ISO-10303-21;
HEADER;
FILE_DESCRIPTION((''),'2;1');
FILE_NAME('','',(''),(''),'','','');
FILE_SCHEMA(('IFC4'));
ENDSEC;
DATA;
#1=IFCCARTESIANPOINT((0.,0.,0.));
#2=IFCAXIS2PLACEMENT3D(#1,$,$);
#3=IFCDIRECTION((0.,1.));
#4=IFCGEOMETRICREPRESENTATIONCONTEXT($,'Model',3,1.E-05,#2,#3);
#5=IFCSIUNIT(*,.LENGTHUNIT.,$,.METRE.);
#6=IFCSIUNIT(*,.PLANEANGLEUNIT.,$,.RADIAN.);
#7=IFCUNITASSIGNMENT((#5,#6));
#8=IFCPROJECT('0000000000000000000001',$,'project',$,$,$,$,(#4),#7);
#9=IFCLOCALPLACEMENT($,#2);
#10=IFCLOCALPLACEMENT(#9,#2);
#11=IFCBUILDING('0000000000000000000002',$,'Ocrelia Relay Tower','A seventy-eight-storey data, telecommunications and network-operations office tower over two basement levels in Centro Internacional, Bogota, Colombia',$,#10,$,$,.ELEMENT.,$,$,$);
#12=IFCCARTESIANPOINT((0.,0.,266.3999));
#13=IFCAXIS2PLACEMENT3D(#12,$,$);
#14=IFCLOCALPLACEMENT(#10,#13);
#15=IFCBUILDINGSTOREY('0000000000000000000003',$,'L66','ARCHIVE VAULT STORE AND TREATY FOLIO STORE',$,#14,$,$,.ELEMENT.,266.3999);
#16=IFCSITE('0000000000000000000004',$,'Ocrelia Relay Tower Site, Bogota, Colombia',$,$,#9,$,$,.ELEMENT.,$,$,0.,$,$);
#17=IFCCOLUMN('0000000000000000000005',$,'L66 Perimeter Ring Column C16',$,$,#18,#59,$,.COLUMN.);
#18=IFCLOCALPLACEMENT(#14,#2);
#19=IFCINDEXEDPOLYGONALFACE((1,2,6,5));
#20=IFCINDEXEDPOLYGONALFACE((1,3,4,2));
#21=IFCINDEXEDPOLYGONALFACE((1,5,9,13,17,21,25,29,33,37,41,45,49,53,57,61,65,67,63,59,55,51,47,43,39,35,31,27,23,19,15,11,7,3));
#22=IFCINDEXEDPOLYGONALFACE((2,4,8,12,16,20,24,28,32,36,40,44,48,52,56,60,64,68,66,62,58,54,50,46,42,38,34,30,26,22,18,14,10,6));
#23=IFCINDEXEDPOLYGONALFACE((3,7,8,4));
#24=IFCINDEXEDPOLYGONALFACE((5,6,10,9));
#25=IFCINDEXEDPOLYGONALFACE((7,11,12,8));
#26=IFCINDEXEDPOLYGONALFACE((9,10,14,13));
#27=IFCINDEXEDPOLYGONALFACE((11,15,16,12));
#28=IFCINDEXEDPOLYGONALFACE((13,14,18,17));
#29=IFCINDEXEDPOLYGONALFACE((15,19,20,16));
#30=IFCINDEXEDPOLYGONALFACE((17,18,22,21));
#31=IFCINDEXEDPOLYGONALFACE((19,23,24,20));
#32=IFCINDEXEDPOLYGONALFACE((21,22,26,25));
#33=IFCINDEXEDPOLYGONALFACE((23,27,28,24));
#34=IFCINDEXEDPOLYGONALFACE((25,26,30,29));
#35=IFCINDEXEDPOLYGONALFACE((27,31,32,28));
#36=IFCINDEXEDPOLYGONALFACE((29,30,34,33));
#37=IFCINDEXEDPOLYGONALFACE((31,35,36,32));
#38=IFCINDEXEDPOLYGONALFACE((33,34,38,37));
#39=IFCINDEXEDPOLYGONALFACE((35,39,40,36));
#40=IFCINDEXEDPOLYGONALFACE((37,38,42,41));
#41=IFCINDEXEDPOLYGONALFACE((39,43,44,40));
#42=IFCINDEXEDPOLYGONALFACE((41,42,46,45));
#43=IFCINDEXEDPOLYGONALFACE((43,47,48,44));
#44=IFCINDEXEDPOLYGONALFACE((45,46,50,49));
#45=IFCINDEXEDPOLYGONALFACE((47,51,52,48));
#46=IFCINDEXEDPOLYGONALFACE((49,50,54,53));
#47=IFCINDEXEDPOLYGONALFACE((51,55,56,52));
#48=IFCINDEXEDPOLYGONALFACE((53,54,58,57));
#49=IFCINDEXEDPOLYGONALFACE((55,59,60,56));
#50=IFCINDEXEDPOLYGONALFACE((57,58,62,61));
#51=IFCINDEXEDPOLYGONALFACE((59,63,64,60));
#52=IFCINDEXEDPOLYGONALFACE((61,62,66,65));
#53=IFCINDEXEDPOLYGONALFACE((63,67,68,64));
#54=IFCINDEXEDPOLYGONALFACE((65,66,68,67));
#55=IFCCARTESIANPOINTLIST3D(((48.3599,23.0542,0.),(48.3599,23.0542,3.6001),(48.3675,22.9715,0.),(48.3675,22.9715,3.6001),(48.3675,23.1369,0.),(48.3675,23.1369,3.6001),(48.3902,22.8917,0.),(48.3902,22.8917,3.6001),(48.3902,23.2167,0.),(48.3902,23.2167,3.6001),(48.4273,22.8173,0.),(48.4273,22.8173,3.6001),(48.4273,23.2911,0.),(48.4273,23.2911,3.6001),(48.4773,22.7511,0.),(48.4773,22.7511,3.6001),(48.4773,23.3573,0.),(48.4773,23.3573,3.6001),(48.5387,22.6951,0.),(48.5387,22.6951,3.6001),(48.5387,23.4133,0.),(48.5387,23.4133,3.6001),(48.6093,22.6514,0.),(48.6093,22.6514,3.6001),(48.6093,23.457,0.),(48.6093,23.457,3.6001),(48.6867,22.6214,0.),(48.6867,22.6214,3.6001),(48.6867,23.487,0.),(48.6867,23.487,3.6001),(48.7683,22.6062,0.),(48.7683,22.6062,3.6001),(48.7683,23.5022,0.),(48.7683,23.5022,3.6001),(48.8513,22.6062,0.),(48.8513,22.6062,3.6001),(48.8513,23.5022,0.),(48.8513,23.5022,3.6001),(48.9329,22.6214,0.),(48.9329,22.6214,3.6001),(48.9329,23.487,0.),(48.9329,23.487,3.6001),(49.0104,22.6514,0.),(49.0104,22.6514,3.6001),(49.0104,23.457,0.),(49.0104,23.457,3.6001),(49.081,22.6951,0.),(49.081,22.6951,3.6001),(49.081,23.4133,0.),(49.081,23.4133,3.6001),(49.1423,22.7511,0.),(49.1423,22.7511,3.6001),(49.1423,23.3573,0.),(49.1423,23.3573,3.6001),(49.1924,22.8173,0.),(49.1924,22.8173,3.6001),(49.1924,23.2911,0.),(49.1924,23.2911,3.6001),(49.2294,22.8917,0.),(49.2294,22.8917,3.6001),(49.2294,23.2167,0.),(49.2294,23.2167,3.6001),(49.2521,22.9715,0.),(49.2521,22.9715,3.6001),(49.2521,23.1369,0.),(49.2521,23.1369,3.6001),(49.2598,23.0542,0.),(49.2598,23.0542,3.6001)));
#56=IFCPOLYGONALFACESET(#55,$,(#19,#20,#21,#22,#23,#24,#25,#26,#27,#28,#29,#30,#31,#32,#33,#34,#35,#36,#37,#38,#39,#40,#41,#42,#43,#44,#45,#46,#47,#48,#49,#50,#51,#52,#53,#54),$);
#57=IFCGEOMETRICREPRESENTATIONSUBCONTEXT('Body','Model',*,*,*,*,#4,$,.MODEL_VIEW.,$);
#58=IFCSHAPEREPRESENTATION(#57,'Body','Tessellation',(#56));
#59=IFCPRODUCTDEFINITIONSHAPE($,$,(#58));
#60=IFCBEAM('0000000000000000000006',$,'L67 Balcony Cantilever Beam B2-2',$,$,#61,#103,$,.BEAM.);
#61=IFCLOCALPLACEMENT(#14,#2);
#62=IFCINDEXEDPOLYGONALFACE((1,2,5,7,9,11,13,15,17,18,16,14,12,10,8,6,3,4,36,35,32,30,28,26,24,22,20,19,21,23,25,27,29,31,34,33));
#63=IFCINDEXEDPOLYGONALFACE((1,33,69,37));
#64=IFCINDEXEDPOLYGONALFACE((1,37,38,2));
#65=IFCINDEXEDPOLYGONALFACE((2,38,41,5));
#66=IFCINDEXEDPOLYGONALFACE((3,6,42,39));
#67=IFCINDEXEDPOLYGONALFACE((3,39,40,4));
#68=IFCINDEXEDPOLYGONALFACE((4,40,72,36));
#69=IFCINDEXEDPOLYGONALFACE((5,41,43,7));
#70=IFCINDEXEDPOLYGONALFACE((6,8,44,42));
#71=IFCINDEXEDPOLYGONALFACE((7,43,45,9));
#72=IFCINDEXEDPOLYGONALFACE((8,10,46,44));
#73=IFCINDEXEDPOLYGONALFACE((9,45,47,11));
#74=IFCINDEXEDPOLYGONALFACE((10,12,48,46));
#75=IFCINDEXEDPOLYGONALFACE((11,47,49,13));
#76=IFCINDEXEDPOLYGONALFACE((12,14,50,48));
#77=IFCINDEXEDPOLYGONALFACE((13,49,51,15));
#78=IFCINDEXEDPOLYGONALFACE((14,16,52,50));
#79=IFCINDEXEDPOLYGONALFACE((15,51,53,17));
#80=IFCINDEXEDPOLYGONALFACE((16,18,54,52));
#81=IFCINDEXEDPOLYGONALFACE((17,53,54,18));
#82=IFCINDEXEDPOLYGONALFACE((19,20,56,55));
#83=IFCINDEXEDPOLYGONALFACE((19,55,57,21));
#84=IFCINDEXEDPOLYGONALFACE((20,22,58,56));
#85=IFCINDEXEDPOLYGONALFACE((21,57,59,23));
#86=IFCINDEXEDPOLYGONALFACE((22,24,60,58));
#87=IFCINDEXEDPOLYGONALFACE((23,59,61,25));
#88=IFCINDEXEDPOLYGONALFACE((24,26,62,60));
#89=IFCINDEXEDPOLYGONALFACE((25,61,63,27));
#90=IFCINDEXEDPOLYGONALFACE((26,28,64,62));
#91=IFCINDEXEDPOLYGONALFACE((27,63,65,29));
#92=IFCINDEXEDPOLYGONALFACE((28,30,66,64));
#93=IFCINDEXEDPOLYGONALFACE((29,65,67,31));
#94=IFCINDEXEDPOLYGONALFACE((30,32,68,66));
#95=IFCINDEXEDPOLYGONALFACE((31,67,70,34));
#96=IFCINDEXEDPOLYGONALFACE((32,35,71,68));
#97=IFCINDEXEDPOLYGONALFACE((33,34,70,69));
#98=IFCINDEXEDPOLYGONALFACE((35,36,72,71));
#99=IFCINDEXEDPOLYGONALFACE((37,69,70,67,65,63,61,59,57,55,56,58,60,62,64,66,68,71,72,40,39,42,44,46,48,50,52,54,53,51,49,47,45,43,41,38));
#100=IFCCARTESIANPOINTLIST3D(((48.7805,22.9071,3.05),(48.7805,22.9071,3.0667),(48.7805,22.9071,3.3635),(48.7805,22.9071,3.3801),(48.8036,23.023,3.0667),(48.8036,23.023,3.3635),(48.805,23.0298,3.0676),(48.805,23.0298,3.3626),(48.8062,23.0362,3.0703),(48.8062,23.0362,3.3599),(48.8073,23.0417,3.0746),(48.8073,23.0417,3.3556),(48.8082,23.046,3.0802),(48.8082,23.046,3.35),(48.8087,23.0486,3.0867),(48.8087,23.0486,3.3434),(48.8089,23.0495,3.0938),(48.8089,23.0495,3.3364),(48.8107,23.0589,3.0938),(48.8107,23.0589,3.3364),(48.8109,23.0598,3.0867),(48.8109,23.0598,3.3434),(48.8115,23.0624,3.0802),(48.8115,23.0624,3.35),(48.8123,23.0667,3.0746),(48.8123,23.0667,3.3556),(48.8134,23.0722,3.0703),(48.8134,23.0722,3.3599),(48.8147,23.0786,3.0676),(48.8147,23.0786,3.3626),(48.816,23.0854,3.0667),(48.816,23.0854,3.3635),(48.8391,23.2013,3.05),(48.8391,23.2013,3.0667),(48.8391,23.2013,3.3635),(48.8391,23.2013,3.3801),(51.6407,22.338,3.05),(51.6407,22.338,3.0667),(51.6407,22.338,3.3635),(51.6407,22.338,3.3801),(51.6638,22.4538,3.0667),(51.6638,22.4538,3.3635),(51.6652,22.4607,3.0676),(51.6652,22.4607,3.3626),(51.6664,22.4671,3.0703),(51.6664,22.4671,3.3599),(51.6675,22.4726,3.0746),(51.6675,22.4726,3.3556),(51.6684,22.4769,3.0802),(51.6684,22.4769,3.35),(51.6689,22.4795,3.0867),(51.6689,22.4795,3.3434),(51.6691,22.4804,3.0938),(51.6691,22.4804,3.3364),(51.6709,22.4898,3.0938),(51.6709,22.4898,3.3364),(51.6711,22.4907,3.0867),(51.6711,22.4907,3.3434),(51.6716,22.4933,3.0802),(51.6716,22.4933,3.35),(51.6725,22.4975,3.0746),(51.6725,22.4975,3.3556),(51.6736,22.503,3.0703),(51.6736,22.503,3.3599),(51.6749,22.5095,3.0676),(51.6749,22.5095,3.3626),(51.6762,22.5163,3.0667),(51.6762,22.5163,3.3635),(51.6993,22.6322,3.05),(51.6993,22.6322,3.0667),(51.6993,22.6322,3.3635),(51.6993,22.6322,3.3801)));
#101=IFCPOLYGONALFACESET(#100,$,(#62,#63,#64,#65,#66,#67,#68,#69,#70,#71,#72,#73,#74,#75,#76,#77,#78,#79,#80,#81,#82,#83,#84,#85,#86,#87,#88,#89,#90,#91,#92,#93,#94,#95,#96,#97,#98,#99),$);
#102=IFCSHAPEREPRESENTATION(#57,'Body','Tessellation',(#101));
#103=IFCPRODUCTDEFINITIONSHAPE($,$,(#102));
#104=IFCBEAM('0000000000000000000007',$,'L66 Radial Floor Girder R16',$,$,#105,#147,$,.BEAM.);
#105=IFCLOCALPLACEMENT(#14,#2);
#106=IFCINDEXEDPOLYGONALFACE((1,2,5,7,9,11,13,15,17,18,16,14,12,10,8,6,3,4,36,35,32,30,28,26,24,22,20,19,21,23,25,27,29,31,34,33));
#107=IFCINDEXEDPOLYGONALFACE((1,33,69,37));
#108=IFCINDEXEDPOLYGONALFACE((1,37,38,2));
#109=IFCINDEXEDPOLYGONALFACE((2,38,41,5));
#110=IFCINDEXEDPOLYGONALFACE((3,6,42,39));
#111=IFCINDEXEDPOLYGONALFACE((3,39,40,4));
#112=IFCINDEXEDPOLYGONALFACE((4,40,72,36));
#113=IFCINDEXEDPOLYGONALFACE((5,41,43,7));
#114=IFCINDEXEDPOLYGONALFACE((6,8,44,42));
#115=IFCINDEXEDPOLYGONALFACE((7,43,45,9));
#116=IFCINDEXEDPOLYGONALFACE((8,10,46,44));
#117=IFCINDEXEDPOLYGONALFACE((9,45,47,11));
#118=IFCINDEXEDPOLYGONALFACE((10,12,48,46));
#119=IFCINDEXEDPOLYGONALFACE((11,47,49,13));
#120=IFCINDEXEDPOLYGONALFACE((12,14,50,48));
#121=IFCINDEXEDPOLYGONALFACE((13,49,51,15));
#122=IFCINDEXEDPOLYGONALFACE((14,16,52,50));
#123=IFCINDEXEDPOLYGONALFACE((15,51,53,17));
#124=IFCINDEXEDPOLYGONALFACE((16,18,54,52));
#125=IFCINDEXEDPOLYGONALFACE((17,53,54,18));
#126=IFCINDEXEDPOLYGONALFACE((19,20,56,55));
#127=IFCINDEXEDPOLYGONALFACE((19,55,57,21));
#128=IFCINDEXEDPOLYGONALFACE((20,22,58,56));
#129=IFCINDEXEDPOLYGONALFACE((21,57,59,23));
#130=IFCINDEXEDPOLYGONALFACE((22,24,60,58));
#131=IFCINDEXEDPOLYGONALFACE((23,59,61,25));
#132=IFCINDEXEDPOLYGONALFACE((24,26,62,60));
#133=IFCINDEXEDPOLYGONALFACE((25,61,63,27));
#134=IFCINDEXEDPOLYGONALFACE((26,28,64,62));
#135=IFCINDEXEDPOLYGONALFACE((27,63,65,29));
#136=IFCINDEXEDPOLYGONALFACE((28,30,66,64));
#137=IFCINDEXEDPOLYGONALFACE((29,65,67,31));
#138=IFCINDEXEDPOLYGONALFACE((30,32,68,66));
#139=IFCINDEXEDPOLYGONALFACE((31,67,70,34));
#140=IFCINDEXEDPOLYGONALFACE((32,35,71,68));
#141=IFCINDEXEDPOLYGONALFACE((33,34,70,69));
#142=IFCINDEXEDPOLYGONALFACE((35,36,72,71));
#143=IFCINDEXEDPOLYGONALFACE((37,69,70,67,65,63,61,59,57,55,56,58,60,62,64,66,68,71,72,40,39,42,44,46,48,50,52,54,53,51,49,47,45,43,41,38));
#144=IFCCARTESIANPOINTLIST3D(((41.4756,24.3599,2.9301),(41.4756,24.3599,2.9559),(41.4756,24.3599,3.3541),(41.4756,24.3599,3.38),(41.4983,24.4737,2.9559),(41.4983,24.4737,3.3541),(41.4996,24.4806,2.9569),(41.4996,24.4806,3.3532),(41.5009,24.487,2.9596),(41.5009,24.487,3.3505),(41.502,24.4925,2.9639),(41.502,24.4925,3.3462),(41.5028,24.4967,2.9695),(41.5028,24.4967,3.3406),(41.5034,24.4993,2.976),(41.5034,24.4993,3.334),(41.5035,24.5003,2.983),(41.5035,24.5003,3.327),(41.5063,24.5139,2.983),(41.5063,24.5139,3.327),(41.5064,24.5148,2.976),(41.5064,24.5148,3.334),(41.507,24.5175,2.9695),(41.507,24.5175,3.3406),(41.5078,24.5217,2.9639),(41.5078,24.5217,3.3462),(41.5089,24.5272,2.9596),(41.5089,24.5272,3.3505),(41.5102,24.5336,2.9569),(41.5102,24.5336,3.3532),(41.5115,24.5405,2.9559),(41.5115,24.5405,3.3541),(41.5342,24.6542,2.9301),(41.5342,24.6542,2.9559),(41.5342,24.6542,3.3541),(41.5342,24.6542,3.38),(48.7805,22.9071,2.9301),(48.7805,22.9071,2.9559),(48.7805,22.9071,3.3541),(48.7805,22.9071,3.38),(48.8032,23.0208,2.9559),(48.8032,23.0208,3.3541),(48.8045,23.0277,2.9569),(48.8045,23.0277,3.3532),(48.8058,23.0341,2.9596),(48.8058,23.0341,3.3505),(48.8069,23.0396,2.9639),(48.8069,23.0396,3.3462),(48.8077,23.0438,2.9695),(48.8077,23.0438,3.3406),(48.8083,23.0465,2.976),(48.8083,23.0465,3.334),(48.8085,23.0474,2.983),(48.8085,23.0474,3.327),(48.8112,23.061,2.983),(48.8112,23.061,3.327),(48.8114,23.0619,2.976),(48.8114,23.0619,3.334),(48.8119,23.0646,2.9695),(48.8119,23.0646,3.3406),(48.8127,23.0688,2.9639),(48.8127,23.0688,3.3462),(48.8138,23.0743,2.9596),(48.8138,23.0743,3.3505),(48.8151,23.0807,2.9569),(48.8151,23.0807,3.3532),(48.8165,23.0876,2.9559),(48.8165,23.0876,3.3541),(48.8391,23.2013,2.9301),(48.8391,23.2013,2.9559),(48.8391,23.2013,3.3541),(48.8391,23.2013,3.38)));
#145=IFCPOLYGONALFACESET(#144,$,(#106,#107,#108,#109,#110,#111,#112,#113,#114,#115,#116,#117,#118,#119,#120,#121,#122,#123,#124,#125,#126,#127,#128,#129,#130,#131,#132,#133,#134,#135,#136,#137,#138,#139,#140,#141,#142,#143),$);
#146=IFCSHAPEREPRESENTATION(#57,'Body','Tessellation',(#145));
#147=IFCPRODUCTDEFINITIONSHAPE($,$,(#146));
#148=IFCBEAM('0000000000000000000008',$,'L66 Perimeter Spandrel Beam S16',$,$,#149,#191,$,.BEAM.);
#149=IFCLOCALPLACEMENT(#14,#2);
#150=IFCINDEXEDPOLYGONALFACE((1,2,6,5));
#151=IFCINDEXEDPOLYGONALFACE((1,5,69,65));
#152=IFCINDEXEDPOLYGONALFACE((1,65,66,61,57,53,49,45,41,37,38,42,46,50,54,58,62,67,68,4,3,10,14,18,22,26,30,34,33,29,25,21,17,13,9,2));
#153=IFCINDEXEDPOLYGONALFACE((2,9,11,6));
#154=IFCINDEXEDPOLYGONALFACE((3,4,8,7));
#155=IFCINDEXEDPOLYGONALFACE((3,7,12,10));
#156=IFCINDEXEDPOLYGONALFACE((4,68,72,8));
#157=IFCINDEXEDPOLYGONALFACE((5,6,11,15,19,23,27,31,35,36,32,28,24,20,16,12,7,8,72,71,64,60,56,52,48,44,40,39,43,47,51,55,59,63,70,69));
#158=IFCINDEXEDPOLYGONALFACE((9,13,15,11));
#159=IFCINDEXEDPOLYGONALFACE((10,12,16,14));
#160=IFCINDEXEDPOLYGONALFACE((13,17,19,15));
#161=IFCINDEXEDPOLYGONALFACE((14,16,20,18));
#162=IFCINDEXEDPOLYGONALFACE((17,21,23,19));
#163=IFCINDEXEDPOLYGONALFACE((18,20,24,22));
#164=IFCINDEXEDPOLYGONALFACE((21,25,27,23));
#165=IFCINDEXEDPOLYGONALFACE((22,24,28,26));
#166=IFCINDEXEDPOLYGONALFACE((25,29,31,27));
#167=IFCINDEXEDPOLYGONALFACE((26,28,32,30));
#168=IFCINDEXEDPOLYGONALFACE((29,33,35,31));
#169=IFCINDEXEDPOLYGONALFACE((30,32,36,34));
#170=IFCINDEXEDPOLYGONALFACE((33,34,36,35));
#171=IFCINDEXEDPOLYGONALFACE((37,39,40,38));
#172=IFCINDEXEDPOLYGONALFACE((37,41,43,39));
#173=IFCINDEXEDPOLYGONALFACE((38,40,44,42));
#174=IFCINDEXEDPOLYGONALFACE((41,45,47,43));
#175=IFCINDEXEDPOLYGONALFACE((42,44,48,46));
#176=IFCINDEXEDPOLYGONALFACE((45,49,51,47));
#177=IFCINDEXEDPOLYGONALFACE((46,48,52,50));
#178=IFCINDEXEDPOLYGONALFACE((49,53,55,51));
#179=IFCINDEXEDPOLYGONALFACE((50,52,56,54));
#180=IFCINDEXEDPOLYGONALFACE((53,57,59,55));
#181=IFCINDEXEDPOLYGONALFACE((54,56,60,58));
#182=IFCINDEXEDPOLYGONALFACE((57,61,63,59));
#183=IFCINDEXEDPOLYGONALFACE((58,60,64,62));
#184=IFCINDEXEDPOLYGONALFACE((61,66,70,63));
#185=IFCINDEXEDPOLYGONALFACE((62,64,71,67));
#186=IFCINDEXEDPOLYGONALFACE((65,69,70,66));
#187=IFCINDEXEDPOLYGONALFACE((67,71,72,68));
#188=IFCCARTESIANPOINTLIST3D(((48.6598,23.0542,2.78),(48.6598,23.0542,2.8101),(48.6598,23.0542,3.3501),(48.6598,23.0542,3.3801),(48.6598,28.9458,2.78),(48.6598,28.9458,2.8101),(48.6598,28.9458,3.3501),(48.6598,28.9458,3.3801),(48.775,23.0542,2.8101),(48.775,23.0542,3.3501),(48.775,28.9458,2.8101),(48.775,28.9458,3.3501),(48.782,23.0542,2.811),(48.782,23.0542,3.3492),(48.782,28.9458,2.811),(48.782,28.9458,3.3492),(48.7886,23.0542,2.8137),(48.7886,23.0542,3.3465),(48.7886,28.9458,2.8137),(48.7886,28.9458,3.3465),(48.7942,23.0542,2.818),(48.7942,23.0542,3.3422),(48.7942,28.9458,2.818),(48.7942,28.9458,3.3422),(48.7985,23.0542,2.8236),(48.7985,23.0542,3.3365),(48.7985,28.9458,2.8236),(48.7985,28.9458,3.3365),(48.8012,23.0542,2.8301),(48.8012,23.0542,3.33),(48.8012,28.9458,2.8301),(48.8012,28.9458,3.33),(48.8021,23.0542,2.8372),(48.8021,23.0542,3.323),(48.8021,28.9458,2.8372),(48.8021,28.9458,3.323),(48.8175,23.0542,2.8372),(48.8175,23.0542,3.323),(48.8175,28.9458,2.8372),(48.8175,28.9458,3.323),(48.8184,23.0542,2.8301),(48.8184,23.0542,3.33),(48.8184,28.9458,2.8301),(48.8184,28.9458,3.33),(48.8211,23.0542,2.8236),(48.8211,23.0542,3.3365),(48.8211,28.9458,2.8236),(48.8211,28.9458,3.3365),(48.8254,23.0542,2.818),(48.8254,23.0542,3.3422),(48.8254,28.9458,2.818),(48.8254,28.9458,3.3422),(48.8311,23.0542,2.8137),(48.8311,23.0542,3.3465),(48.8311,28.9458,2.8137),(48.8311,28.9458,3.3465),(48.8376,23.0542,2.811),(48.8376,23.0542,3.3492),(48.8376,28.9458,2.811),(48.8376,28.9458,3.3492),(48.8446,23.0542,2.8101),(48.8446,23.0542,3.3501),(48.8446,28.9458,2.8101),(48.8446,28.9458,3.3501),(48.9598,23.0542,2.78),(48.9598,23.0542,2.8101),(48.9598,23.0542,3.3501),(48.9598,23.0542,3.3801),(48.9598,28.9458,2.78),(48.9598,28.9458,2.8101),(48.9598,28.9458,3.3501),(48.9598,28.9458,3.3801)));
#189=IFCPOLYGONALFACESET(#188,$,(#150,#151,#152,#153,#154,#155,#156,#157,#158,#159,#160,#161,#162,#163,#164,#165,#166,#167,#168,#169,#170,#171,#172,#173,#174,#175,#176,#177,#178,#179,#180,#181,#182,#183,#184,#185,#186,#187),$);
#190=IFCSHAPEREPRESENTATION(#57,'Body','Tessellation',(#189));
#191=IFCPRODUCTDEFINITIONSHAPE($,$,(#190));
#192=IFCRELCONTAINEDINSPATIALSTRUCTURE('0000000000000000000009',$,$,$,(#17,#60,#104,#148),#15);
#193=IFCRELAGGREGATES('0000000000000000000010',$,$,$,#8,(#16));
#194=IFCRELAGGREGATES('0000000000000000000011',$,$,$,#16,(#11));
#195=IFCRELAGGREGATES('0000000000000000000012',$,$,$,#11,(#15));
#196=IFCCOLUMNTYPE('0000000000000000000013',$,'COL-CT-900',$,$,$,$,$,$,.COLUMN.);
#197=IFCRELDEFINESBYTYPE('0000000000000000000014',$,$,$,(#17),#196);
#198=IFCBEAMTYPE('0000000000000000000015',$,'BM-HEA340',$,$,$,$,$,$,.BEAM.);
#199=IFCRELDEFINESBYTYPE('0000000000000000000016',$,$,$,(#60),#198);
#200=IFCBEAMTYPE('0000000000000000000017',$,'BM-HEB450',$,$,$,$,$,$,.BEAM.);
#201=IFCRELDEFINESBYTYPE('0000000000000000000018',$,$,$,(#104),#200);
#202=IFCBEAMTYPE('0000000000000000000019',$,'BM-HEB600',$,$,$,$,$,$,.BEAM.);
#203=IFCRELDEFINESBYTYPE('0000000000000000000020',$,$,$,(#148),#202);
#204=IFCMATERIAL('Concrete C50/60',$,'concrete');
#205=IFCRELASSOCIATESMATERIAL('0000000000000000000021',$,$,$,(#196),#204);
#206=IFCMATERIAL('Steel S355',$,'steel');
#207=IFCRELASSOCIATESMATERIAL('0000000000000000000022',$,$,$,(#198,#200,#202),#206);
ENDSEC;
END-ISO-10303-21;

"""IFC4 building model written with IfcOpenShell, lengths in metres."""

from ifc_helpers import new_model, si_unit, direction, frame, origin, origin_2d, place, context, subcontext, project, spatial, circle, i_section, extrude, material, material_profile, profile_set, type_object, element, save


model = new_model("IFC4")

# Units and contexts
model_context = context("Model", 3, precision=1e-05, world=origin(), true_north=direction((0.0, 1.0)))
body_context = subcontext(model_context, "Body", "Model", "MODEL_VIEW")
ifc_project = project(units=[si_unit("LENGTHUNIT", "METRE"), si_unit("PLANEANGLEUNIT", "RADIAN")], contexts=[model_context])

# Site, building, storey
site_placement = place(None, origin())
site = spatial("IfcSite", under=ifc_project, at=site_placement, Name="Ocrelia Relay Tower Site, Bogota, Colombia", CompositionType="ELEMENT", RefElevation=0.0)
building_placement = place(site_placement, origin())
building = spatial("IfcBuilding", under=site, at=building_placement, Name="Ocrelia Relay Tower", Description="A seventy-eight-storey data, telecommunications and network-operations office tower over two basement levels in Centro Internacional, Bogota, Colombia", CompositionType="ELEMENT")
storey_placement = place(building_placement, frame((0.0, 0.0, 266.3999)))
storey = spatial("IfcBuildingStorey", under=building, at=storey_placement, Name="L66", Description="ARCHIVE VAULT STORE AND TREATY FOLIO STORE", CompositionType="ELEMENT", Elevation=266.3999)

# Column
ifc_material_1 = material(Name="Concrete C50/60", Category="concrete")
ifc_material_profile_1 = material_profile(ifc_material_1, circle(Radius=0.45, at=origin_2d()), Name="RC-CIR-900")
ifc_profile_set_1 = profile_set([ifc_material_profile_1], Name="Concrete C50/60")
column_type = type_object("IfcColumnType", Name="COL-CT-900", PredefinedType="COLUMN", material=ifc_profile_set_1)
column_placement = place(storey_placement, frame((48.8098, 23.0542, 0.0), z_axis=(0.0, 0.0, 1.0), x_axis=(1.0, 0.0, 0.0)))
element("IfcColumn", 1, at=column_placement, inside=storey, type_object=column_type, Name="L66 Perimeter Ring Column C16", PredefinedType="COLUMN", context=body_context, shape_type="SweptSolid", body=[
    extrude(circle(Radius=0.45, at=origin_2d()), origin(), (0.0, 0.0, 1.0), 3.6001),
])

# Beams
ifc_material_2 = material(Name="Steel S355", Category="steel")
ifc_material_profile_2 = material_profile(ifc_material_2, i_section(OverallWidth=0.3, OverallDepth=0.3301, WebThickness=0.0095, FlangeThickness=0.0166, FilletRadius=0.0271, at=origin_2d()), Name="HEA 340")
ifc_profile_set_2 = profile_set([ifc_material_profile_2], Name="Steel S355")
beam_type_1 = type_object("IfcBeamType", Name="BM-HEA340", PredefinedType="BEAM", material=ifc_profile_set_2)
beam_1_placement = place(storey_placement, frame((48.8098, 23.0542, 3.2151), z_axis=(0.980773, -0.19515, 0.0), x_axis=(0.19515, 0.980773, 0.0)))
element("IfcBeam", 2, at=beam_1_placement, inside=storey, type_object=beam_type_1, Name="L67 Balcony Cantilever Beam B2-2", PredefinedType="BEAM", context=body_context, shape_type="SweptSolid", body=[
    extrude(i_section(OverallWidth=0.3, OverallDepth=0.3301, WebThickness=0.0095, FlangeThickness=0.0166, FilletRadius=0.0271, at=origin_2d()), origin(), (0.0, 0.0, 1.0), 2.9163),
])
ifc_material_profile_3 = material_profile(ifc_material_2, i_section(OverallWidth=0.3, OverallDepth=0.45, WebThickness=0.0139, FlangeThickness=0.0259, FilletRadius=0.0271, at=origin_2d()), Name="HEB 450")
ifc_profile_set_3 = profile_set([ifc_material_profile_3], Name="Steel S355")
beam_type_2 = type_object("IfcBeamType", Name="BM-HEB450", PredefinedType="BEAM", material=ifc_profile_set_3)
beam_2_placement = place(storey_placement, frame((48.8098, 23.0542, 3.155), z_axis=(-0.980789, 0.19507, 0.0), x_axis=(-0.19507, -0.980789, 0.0)))
element("IfcBeam", 3, at=beam_2_placement, inside=storey, type_object=beam_type_2, Name="L66 Radial Floor Girder R16", PredefinedType="BEAM", context=body_context, shape_type="SweptSolid", body=[
    extrude(i_section(OverallWidth=0.3, OverallDepth=0.45, WebThickness=0.0139, FlangeThickness=0.0259, FilletRadius=0.0271, at=origin_2d()), origin(), (0.0, 0.0, 1.0), 7.448),
])
ifc_material_profile_4 = material_profile(ifc_material_2, i_section(OverallWidth=0.3, OverallDepth=0.6001, WebThickness=0.0154, FlangeThickness=0.03, FilletRadius=0.0271, at=origin_2d()), Name="HEB 600")
ifc_profile_set_4 = profile_set([ifc_material_profile_4], Name="Steel S355")
beam_type_3 = type_object("IfcBeamType", Name="BM-HEB600", PredefinedType="BEAM", material=ifc_profile_set_4)
beam_3_placement = place(storey_placement, frame((48.8098, 23.0542, 3.0801), z_axis=(0.0, 1.0, 0.0), x_axis=(-1.0, 0.0, 0.0)))
element("IfcBeam", 4, at=beam_3_placement, inside=storey, type_object=beam_type_3, Name="L66 Perimeter Spandrel Beam S16", PredefinedType="BEAM", context=body_context, shape_type="SweptSolid", body=[
    extrude(i_section(OverallWidth=0.3, OverallDepth=0.6001, WebThickness=0.0154, FlangeThickness=0.03, FilletRadius=0.0271, at=origin_2d()), origin(), (0.0, 0.0, 1.0), 5.8916),
])

save(model, "model.ifc")
